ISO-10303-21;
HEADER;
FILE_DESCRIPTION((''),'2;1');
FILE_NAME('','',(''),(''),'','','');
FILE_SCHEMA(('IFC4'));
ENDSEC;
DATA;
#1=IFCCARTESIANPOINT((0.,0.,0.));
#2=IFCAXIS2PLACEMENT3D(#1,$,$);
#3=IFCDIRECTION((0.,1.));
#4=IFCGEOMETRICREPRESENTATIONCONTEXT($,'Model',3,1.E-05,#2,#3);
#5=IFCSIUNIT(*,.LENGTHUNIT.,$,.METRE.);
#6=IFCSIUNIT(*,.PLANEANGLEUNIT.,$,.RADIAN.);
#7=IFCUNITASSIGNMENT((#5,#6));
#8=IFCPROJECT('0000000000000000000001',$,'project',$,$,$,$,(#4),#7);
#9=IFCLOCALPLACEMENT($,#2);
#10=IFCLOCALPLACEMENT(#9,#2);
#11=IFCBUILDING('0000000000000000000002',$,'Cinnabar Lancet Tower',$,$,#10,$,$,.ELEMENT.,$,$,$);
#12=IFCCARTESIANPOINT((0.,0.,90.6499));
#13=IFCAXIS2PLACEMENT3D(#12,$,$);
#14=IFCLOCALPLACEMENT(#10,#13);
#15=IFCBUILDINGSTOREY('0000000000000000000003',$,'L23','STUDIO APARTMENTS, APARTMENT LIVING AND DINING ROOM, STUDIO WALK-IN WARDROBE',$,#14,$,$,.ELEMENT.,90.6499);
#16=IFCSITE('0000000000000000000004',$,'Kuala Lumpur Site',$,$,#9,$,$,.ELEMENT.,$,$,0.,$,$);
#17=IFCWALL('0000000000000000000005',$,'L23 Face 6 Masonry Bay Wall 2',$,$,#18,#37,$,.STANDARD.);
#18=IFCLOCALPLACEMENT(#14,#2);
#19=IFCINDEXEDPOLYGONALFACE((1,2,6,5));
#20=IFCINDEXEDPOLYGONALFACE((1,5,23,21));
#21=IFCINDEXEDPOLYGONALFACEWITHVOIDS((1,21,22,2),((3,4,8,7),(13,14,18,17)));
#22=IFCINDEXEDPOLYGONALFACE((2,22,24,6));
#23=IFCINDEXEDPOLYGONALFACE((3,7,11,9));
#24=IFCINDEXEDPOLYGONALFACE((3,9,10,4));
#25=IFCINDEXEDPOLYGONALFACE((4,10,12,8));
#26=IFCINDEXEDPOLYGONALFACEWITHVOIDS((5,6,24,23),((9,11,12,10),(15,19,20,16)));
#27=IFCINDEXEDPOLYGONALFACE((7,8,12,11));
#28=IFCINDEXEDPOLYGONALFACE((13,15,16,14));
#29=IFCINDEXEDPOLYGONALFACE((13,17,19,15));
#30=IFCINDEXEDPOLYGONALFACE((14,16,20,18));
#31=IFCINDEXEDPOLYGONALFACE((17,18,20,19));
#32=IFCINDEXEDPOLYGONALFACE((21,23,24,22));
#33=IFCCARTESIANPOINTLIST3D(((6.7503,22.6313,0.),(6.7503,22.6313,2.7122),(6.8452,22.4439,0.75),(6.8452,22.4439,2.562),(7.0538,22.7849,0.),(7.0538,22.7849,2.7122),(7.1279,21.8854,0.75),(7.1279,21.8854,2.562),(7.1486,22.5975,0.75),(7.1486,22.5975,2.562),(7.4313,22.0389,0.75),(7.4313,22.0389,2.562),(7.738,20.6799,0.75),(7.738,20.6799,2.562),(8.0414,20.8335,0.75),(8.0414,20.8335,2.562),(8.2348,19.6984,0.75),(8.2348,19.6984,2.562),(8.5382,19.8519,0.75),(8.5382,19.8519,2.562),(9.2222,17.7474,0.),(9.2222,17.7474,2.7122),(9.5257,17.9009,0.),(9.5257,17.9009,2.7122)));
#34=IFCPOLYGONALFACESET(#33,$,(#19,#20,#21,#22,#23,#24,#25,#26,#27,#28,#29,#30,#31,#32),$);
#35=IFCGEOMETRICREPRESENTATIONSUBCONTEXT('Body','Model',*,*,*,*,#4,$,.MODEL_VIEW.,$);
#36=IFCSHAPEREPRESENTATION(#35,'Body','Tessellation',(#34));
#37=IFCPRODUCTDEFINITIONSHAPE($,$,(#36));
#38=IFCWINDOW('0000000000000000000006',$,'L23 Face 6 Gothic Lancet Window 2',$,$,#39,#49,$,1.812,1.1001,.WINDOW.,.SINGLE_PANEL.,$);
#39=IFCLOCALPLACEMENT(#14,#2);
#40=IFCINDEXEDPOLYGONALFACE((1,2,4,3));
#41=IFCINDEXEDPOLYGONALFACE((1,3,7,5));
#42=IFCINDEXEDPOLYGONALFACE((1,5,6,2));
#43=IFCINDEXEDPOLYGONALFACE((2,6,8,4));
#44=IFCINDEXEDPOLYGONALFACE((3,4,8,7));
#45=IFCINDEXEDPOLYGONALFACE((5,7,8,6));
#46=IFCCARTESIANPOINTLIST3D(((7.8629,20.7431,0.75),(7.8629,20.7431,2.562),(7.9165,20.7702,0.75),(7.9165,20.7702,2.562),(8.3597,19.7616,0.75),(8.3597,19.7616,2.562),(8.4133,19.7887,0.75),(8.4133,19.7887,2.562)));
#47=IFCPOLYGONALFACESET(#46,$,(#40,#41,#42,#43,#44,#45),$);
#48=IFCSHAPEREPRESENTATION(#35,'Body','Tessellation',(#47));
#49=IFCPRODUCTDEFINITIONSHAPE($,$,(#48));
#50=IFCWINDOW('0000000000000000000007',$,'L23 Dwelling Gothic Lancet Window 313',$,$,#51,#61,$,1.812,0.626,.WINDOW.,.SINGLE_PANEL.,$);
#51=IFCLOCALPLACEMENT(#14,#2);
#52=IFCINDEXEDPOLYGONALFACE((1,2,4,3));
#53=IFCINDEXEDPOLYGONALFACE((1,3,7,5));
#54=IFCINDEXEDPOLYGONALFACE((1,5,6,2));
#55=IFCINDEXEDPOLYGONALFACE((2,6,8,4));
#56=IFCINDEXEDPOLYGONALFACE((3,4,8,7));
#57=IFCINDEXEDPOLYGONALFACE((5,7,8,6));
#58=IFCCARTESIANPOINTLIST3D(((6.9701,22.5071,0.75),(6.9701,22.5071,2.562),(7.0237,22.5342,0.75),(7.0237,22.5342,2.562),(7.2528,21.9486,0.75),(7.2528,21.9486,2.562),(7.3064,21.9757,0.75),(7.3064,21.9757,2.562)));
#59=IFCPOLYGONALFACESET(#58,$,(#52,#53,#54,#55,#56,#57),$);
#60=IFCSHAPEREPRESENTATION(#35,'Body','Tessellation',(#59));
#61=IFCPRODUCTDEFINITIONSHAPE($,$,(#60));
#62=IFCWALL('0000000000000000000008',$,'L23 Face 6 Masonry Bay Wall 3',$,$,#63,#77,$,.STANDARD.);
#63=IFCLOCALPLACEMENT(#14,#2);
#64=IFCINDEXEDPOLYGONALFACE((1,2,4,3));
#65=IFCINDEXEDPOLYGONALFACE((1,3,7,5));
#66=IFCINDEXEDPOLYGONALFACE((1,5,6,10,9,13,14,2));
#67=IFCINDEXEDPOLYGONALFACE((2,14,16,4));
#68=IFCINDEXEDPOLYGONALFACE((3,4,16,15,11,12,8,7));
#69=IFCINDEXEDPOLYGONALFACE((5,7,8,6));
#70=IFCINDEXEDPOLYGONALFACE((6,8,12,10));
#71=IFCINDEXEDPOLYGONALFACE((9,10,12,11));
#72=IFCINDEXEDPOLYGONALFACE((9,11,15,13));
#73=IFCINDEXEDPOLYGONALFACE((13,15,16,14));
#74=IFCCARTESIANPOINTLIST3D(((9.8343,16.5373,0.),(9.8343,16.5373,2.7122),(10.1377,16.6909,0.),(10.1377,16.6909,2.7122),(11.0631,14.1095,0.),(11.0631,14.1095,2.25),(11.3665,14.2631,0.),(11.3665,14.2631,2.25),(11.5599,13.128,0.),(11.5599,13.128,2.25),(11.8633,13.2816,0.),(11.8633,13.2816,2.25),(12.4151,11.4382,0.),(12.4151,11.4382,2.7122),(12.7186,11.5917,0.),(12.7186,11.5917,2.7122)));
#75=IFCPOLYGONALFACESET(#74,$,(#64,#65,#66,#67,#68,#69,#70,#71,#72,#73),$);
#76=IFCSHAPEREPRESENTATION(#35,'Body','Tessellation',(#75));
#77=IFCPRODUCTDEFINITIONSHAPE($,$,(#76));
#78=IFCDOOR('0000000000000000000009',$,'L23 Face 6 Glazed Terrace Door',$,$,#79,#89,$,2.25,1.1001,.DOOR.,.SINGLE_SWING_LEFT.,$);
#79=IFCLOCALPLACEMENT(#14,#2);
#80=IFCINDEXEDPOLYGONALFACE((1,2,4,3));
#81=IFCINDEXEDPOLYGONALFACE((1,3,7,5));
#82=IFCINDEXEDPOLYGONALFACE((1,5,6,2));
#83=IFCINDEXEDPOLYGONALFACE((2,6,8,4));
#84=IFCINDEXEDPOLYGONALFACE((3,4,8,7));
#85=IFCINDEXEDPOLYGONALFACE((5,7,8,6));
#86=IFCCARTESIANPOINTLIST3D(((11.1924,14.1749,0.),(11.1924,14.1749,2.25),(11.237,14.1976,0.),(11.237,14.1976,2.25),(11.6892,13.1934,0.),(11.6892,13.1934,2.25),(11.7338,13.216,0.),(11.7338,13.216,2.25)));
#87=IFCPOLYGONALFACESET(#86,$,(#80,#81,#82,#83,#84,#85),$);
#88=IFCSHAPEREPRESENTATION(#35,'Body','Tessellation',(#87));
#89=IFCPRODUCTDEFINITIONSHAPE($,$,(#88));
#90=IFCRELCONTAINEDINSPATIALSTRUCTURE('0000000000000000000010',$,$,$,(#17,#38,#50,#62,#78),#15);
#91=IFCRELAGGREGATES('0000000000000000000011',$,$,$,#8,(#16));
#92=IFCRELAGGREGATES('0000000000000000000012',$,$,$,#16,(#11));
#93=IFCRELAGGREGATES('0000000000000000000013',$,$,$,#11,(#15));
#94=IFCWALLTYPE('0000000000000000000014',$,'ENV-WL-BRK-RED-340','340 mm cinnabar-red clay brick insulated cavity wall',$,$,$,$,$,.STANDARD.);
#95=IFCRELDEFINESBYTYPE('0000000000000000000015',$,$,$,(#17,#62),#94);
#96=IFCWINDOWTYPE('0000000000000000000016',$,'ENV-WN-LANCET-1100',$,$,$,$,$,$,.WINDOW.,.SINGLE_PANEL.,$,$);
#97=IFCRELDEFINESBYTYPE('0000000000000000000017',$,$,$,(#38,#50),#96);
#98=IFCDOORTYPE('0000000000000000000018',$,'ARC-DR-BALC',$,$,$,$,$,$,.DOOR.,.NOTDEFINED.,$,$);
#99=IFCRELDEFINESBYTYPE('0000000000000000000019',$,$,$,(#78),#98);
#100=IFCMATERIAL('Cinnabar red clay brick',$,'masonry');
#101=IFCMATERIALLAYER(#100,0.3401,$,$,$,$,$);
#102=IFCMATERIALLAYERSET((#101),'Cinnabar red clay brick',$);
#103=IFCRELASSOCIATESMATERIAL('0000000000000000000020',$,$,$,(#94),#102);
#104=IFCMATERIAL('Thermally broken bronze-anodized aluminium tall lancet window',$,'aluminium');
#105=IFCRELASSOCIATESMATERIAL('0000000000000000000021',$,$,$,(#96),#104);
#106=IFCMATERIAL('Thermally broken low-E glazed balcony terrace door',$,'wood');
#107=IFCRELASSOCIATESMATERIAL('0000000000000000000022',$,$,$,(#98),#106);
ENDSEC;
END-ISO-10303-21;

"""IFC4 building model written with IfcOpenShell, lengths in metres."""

from ifc_helpers import new_model, si_unit, direction, frame, frame_2d, origin, place, context, subcontext, project, spatial, rectangle, extrude, material, layer, layer_set, type_object, element, fill, save


model = new_model("IFC4")

# Units and contexts
model_context = context("Model", 3, precision=1e-05, world=origin(), true_north=direction((0.0, 1.0)))
body_context = subcontext(model_context, "Body", "Model", "MODEL_VIEW")
ifc_project = project(units=[si_unit("LENGTHUNIT", "METRE"), si_unit("PLANEANGLEUNIT", "RADIAN")], contexts=[model_context])

# Site, building, storey
site_placement = place(None, origin())
site = spatial("IfcSite", under=ifc_project, at=site_placement, Name="Kuala Lumpur Site", CompositionType="ELEMENT", RefElevation=0.0)
building_placement = place(site_placement, origin())
building = spatial("IfcBuilding", under=site, at=building_placement, Name="Cinnabar Lancet Tower", CompositionType="ELEMENT")
storey_placement = place(building_placement, frame((0.0, 0.0, 90.6499)))
storey = spatial("IfcBuildingStorey", under=building, at=storey_placement, Name="L23", Description="STUDIO APARTMENTS, APARTMENT LIVING AND DINING ROOM, STUDIO WALK-IN WARDROBE", CompositionType="ELEMENT", Elevation=90.6499)

# Wall, openings, windows
ifc_material_1 = material(Name="Cinnabar red clay brick", Category="masonry")
ifc_layer_1 = layer(ifc_material_1, 0.3401)
ifc_layer_set_1 = layer_set([ifc_layer_1], Name="Cinnabar red clay brick")
wall_type_1 = type_object("IfcWallType", Name="ENV-WL-BRK-RED-340", Description="340 mm cinnabar-red clay brick insulated cavity wall", PredefinedType="STANDARD", material=ifc_layer_set_1)
wall_1_placement = place(storey_placement, frame((6.9021, 22.708, 0.0), z_axis=(0.0, 0.0, 1.0), x_axis=(0.451579, -0.892231, 0.0)))
wall_1 = element("IfcWall", 1, at=wall_1_placement, inside=storey, type_object=wall_type_1, Name="L23 Face 6 Masonry Bay Wall 2", PredefinedType="STANDARD", context=body_context, shape_type="SweptSolid", body=[
    extrude(rectangle(XDim=5.4739, YDim=0.3401, at=frame_2d((2.7368, 0.0))), origin(), (0.0, 0.0, 1.0), 2.7122),
])
opening_1_placement = place(wall_1_placement, frame((2.187, 0.0, 0.75)))
opening_1 = element("IfcOpeningElement", 2, at=opening_1_placement, cuts=wall_1, PredefinedType="OPENING", context=body_context, shape_type="SweptSolid", body=[
    extrude(rectangle(XDim=1.1001, YDim=1.812, at=frame_2d((0.55, 0.906))), frame((0.0, 0.1799, 0.0), z_axis=(0.0, -1.0, 0.0), x_axis=(1.0, 0.0, 0.0)), (0.0, 0.0, 1.0), 0.3601),
])
opening_2_placement = place(wall_1_placement, frame((0.21, 0.0, 0.75)))
opening_2 = element("IfcOpeningElement", 3, at=opening_2_placement, cuts=wall_1, PredefinedType="OPENING", context=body_context, shape_type="SweptSolid", body=[
    extrude(rectangle(XDim=0.626, YDim=1.812, at=frame_2d((0.313, 0.906))), frame((0.0, 0.1799, 0.0), z_axis=(0.0, -1.0, 0.0), x_axis=(1.0, 0.0, 0.0)), (0.0, 0.0, 1.0), 0.3601),
])
ifc_material_2 = material(Name="Thermally broken bronze-anodized aluminium tall lancet window", Category="aluminium")
window_type = type_object("IfcWindowType", Name="ENV-WN-LANCET-1100", PartitioningType="SINGLE_PANEL", PredefinedType="WINDOW", material=ifc_material_2)
window_1_placement = place(opening_1_placement, origin())
window_1 = element("IfcWindow", 4, at=window_1_placement, inside=storey, type_object=window_type, Name="L23 Face 6 Gothic Lancet Window 2", OverallHeight=1.812, OverallWidth=1.1001, PartitioningType="SINGLE_PANEL", PredefinedType="WINDOW", context=body_context, shape_type="SweptSolid", body=[
    extrude(rectangle(XDim=1.1001, YDim=1.812, at=frame_2d((0.55, 0.906))), frame((0.0, 0.03, 0.0), z_axis=(0.0, -1.0, 0.0), x_axis=(1.0, 0.0, 0.0)), (0.0, 0.0, 1.0), 0.0601),
])
fill(opening_1, window_1)
window_2_placement = place(opening_2_placement, origin())
window_2 = element("IfcWindow", 5, at=window_2_placement, inside=storey, type_object=window_type, Name="L23 Dwelling Gothic Lancet Window 313", OverallHeight=1.812, OverallWidth=0.626, PartitioningType="SINGLE_PANEL", PredefinedType="WINDOW", context=body_context, shape_type="SweptSolid", body=[
    extrude(rectangle(XDim=0.626, YDim=1.812, at=frame_2d((0.313, 0.906))), frame((0.0, 0.03, 0.0), z_axis=(0.0, -1.0, 0.0), x_axis=(1.0, 0.0, 0.0)), (0.0, 0.0, 1.0), 0.0601),
])
fill(opening_2, window_2)

# Wall, opening, door
wall_2_placement = place(storey_placement, frame((9.9861, 16.614, 0.0), z_axis=(0.0, 0.0, 1.0), x_axis=(0.451583, -0.892229, 0.0)))
wall_2 = element("IfcWall", 6, at=wall_2_placement, inside=storey, type_object=wall_type_1, Name="L23 Face 6 Masonry Bay Wall 3", PredefinedType="STANDARD", context=body_context, shape_type="SweptSolid", body=[
    extrude(rectangle(XDim=5.7151, YDim=0.3401, at=frame_2d((2.8574, 0.0))), origin(), (0.0, 0.0, 1.0), 2.7122),
])
opening_3_placement = place(wall_2_placement, frame((2.7209, 0.0, 0.0)))
opening_3 = element("IfcOpeningElement", 7, at=opening_3_placement, cuts=wall_2, PredefinedType="OPENING", context=body_context, shape_type="SweptSolid", body=[
    extrude(rectangle(XDim=1.1001, YDim=2.25, at=frame_2d((0.55, 1.125))), frame((0.0, 0.1799, 0.0), z_axis=(0.0, -1.0, 0.0), x_axis=(1.0, 0.0, 0.0)), (0.0, 0.0, 1.0), 0.3601),
])
ifc_material_3 = material(Name="Thermally broken low-E glazed balcony terrace door", Category="wood")
door_type_1 = type_object("IfcDoorType", Name="ARC-DR-BALC", OperationType="NOTDEFINED", PredefinedType="DOOR", material=ifc_material_3)
door_1_placement = place(opening_3_placement, origin())
door_1 = element("IfcDoor", 8, at=door_1_placement, inside=storey, type_object=door_type_1, Name="L23 Face 6 Glazed Terrace Door", OperationType="SINGLE_SWING_LEFT", OverallHeight=2.25, OverallWidth=1.1001, PredefinedType="DOOR", context=body_context, shape_type="SweptSolid", body=[
    extrude(rectangle(XDim=1.1001, YDim=2.25, at=frame_2d((0.55, 1.125))), frame((0.0, 0.0249, 0.0), z_axis=(0.0, -1.0, 0.0), x_axis=(1.0, 0.0, 0.0)), (0.0, 0.0, 1.0), 0.05),
])
fill(opening_3, door_1)

save(model, "model.ifc")
